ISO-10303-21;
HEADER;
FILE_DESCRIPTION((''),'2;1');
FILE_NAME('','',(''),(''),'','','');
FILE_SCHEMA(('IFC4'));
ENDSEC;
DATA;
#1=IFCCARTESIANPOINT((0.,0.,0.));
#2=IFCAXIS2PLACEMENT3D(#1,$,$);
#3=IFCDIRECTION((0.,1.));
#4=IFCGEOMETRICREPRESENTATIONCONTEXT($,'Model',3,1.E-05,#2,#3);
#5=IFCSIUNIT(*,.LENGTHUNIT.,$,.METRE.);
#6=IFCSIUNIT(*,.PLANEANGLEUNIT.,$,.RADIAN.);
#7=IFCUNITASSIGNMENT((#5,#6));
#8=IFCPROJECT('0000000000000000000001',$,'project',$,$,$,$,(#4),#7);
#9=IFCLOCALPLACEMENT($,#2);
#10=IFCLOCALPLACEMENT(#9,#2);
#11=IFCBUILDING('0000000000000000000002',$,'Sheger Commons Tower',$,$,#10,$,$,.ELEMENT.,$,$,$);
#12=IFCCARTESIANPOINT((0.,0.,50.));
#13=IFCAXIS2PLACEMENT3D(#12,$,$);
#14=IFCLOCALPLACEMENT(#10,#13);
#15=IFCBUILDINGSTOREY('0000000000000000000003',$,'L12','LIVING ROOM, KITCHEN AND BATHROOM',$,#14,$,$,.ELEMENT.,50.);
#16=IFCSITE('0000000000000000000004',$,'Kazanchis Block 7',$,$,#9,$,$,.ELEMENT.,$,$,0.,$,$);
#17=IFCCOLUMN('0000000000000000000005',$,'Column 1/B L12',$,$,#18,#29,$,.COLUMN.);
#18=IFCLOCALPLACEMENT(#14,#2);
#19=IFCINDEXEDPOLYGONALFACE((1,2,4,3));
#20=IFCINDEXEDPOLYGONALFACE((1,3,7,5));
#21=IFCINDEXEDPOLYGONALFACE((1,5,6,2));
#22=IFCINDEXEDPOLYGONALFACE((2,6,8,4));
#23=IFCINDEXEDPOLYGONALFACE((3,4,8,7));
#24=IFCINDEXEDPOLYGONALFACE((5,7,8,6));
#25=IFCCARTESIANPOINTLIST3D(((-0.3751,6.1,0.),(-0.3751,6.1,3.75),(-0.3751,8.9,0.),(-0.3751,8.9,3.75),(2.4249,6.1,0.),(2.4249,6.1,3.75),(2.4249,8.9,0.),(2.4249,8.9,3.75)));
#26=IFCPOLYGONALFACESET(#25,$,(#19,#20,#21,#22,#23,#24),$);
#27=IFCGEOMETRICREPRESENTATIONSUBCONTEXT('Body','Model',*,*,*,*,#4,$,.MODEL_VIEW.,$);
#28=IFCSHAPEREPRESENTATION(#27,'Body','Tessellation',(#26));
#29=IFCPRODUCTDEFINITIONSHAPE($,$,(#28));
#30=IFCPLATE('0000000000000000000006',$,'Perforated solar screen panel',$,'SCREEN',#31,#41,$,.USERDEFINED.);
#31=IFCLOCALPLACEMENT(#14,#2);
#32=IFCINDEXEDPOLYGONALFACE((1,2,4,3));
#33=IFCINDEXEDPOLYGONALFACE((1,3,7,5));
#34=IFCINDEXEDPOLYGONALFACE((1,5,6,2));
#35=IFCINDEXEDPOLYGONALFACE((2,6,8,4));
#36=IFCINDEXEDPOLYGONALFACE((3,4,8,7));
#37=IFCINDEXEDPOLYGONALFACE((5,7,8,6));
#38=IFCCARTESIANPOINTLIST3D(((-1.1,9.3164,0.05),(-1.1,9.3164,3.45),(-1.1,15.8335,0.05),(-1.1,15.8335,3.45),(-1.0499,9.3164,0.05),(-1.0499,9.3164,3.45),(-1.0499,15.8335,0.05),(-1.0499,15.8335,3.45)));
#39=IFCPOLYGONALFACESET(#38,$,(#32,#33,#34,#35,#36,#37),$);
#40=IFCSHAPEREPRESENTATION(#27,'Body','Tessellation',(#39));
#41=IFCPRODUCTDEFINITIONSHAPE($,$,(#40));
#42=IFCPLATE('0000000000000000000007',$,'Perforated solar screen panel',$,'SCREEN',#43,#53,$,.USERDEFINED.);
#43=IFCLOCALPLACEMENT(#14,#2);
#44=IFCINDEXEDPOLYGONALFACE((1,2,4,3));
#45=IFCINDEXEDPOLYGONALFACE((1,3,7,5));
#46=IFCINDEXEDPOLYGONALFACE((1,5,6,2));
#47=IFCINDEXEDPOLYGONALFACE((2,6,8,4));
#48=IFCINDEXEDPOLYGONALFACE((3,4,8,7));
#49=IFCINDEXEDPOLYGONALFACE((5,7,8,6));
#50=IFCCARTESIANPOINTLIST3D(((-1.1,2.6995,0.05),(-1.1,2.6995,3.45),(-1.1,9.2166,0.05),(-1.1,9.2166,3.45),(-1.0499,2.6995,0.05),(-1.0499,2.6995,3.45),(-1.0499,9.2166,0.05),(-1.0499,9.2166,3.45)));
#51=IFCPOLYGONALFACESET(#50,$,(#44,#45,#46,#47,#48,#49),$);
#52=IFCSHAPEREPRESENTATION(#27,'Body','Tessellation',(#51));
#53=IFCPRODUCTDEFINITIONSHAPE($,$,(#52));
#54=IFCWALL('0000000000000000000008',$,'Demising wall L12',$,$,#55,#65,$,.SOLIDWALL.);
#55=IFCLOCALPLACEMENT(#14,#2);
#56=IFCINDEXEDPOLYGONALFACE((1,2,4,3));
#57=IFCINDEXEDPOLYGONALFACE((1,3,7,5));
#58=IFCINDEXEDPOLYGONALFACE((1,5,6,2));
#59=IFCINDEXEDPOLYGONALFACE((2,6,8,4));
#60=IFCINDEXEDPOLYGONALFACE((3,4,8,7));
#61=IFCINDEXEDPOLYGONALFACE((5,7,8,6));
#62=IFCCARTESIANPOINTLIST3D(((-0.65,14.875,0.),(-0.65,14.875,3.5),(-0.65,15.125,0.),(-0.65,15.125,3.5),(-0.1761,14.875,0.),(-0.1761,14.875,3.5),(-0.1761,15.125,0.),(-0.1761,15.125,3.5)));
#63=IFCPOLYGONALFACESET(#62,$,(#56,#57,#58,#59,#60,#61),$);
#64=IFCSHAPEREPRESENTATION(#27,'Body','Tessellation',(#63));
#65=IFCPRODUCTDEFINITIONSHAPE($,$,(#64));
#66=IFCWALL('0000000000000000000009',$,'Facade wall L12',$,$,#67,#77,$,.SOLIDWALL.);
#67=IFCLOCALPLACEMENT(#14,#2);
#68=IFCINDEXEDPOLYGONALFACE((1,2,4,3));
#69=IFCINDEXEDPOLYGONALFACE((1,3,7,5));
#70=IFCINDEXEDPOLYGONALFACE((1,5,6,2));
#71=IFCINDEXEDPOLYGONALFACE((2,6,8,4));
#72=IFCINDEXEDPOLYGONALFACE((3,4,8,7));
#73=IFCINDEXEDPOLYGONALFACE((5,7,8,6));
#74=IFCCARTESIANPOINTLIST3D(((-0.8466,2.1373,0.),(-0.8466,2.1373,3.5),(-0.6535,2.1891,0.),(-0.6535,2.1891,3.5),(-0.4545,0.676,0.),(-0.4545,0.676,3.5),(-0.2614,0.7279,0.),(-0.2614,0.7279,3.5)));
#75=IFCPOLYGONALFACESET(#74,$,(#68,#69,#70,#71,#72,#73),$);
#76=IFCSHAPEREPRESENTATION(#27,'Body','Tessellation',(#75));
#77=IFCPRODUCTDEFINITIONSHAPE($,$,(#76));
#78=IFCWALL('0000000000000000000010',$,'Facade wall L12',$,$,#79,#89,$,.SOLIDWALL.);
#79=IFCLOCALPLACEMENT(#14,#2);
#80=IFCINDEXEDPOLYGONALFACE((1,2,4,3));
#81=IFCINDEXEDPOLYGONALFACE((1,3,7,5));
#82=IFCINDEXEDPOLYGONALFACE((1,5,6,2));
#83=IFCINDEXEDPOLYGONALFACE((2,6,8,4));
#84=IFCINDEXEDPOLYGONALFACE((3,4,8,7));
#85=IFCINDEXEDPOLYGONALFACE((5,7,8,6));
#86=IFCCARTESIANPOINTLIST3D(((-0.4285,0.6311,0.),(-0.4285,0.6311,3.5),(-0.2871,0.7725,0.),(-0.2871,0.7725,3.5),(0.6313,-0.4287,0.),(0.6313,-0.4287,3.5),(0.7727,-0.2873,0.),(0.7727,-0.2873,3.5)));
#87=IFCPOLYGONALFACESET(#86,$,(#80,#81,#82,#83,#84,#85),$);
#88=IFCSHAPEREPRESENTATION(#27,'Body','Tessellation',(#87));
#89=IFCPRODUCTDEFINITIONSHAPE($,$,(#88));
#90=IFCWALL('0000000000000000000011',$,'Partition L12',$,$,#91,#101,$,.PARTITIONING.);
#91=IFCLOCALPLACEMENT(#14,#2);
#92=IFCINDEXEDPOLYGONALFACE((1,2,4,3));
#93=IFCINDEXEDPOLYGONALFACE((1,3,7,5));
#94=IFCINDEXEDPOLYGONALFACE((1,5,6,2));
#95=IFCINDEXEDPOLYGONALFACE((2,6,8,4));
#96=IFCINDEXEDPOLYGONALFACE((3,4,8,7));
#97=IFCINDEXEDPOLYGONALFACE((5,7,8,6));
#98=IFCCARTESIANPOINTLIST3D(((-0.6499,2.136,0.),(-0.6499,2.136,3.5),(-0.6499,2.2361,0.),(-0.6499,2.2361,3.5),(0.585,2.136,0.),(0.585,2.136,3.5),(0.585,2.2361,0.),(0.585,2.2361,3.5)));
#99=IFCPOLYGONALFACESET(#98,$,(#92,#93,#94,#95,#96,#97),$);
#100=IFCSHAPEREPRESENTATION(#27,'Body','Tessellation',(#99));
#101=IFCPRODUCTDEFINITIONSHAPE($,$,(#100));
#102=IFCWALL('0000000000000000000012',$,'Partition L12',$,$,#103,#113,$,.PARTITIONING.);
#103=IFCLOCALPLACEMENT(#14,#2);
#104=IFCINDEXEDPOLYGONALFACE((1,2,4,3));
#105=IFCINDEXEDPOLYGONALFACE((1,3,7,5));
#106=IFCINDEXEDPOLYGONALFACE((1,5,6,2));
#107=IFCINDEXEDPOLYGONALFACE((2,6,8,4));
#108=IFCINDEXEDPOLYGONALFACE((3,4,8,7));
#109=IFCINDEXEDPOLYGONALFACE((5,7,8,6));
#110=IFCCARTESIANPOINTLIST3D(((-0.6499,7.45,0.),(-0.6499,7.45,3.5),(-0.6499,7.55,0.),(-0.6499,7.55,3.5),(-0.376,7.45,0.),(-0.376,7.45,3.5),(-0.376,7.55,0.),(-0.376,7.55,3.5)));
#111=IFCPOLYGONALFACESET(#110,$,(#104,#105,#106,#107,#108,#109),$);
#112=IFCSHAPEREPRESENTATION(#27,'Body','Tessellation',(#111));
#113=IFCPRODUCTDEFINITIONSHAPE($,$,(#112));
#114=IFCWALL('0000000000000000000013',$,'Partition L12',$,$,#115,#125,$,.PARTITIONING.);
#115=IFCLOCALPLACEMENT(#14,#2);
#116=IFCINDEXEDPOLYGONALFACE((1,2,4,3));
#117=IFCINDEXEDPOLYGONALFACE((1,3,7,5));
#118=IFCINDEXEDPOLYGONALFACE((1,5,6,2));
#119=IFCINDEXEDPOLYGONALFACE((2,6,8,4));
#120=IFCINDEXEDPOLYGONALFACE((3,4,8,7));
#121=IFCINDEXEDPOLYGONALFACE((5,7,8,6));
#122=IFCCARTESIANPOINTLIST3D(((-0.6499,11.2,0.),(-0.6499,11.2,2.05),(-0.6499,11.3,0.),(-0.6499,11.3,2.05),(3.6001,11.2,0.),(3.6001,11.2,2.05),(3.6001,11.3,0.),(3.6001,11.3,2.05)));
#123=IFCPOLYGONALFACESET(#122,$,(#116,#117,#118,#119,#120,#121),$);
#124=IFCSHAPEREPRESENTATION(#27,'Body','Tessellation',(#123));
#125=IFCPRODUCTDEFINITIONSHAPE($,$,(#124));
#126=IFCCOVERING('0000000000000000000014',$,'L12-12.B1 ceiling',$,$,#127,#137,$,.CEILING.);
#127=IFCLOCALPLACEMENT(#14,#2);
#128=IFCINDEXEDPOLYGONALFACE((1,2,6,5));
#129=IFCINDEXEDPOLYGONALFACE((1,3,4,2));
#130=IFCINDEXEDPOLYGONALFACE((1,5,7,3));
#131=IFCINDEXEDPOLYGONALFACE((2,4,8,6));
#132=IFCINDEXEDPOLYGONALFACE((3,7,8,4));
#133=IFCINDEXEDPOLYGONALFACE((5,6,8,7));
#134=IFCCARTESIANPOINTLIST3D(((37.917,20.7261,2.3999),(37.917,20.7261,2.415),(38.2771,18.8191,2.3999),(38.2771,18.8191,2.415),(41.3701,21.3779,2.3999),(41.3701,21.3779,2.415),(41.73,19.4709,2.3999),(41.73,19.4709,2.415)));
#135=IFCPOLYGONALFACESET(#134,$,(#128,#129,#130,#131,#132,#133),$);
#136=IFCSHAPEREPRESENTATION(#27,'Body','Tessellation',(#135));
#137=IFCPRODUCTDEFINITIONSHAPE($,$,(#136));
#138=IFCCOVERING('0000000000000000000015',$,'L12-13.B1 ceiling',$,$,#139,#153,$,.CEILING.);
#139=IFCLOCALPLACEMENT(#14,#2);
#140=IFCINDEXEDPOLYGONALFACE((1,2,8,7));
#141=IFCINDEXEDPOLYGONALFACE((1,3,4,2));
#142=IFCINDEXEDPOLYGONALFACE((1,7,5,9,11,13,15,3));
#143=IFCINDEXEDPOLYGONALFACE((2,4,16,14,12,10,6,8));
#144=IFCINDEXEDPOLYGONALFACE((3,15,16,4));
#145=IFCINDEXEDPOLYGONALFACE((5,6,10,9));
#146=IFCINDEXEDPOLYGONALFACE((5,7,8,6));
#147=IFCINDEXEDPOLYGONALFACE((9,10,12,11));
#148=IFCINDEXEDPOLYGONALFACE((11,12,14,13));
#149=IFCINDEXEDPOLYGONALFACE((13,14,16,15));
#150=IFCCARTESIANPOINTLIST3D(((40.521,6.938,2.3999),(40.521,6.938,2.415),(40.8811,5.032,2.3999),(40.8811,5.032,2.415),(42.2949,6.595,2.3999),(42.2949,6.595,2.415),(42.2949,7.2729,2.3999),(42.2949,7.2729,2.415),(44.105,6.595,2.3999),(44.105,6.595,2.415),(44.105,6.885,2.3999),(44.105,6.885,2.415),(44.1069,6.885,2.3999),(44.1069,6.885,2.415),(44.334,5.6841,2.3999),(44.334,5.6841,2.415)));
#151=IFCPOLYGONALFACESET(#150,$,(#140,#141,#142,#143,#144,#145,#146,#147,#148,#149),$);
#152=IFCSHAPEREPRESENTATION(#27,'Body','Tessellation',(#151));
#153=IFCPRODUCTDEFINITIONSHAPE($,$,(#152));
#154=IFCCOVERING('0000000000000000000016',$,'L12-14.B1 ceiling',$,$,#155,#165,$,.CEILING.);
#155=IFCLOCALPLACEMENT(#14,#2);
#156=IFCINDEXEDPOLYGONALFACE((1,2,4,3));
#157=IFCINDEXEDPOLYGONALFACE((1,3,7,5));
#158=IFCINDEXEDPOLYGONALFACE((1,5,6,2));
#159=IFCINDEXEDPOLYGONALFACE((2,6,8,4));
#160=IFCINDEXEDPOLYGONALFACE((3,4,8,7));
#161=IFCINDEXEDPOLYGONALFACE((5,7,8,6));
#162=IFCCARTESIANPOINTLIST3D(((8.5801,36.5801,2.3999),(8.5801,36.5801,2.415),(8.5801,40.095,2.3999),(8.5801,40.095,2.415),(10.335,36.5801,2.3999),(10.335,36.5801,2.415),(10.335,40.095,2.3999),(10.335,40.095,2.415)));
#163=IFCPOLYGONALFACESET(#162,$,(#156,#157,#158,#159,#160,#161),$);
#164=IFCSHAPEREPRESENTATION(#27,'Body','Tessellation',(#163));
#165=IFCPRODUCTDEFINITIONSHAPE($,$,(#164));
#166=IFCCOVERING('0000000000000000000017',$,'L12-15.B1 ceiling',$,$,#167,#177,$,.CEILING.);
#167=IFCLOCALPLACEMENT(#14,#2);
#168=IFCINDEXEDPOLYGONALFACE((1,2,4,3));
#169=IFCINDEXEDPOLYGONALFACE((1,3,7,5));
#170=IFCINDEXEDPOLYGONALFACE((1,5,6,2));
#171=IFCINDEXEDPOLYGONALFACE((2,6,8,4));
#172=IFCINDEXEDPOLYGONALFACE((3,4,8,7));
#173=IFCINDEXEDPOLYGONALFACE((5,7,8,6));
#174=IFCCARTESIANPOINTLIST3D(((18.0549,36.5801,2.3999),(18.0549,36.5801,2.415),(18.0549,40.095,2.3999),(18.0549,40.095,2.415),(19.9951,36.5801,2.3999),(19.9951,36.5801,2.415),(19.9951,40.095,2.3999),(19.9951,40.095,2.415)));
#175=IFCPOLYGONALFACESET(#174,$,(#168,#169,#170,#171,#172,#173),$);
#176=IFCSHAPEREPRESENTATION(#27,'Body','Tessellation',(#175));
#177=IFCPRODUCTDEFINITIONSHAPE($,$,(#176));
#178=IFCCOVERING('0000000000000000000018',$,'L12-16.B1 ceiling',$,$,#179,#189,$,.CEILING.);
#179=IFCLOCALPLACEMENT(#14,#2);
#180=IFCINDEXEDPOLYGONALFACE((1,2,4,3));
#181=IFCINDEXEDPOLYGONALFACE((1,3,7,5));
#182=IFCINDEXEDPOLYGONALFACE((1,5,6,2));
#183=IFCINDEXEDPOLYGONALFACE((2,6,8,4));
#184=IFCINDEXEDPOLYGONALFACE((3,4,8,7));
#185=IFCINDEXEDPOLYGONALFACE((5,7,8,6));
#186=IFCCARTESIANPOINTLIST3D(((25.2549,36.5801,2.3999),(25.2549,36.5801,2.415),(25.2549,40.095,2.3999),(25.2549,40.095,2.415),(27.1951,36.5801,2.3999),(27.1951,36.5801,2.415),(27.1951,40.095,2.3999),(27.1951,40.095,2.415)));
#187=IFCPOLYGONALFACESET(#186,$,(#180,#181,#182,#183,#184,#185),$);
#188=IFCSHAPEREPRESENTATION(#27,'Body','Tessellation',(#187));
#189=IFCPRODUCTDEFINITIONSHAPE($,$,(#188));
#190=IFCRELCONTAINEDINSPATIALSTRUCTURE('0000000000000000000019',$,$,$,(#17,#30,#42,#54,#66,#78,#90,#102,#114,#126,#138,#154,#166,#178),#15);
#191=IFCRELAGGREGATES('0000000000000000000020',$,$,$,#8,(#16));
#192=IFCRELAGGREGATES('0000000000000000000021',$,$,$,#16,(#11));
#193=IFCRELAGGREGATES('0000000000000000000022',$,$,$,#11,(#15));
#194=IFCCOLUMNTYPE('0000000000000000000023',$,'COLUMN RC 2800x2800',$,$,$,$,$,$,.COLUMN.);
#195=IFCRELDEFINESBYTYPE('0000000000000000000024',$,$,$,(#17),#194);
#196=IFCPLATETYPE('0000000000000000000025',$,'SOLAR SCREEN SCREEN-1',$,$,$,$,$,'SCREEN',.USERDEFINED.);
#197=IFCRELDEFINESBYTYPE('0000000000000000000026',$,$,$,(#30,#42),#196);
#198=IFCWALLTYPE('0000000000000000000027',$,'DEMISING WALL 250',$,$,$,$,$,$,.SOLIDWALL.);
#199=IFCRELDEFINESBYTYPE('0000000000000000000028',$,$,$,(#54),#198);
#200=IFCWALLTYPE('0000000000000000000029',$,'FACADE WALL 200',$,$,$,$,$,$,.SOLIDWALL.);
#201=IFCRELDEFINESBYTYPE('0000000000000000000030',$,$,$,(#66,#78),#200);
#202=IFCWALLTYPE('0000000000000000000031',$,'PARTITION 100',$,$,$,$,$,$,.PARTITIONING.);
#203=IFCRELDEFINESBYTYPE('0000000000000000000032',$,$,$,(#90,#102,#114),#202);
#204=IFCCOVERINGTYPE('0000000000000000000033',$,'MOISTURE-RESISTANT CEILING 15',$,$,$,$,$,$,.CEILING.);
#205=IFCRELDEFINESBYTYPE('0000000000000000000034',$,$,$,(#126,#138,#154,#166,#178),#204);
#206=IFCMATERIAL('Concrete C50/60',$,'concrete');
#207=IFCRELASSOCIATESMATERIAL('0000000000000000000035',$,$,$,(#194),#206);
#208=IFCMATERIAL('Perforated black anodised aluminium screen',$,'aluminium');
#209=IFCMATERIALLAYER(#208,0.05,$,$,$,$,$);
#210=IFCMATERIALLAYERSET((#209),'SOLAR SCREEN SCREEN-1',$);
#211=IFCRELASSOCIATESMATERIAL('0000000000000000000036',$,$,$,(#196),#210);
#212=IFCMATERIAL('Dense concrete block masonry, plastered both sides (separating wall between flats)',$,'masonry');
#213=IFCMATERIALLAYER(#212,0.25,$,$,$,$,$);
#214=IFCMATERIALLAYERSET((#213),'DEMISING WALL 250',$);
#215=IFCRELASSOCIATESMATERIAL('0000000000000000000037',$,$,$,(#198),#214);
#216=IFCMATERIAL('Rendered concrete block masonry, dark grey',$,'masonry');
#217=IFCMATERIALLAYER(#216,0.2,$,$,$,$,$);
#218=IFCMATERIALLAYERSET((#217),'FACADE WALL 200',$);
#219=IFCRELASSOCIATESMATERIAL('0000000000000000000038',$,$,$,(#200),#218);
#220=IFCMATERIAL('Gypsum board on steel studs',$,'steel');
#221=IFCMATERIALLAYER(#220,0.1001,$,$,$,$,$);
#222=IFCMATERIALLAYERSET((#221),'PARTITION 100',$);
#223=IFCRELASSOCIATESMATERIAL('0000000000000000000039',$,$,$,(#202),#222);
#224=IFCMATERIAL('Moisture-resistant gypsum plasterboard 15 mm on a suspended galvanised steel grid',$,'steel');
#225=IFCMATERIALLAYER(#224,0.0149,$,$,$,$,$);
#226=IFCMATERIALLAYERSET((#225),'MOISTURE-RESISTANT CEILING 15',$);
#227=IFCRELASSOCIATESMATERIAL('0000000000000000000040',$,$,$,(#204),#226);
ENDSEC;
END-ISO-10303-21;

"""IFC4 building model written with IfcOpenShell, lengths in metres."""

from ifc_helpers import new_model, si_unit, direction, frame, frame_2d, origin, origin_2d, place, context, subcontext, project, spatial, polyline, rectangle, outline, extrude, material, layer, layer_set, material_profile, profile_set, type_object, element, save


model = new_model("IFC4")

# Units and contexts
model_context = context("Model", 3, precision=1e-05, world=origin(), true_north=direction((0.0, 1.0)))
body_context = subcontext(model_context, "Body", "Model", "MODEL_VIEW")
ifc_project = project(units=[si_unit("LENGTHUNIT", "METRE"), si_unit("PLANEANGLEUNIT", "RADIAN")], contexts=[model_context])

# Site, building, storey
site_placement = place(None, origin())
site = spatial("IfcSite", under=ifc_project, at=site_placement, Name="Kazanchis Block 7", CompositionType="ELEMENT", RefElevation=0.0)
building_placement = place(site_placement, origin())
building = spatial("IfcBuilding", under=site, at=building_placement, Name="Sheger Commons Tower", CompositionType="ELEMENT")
storey_placement = place(building_placement, frame((0.0, 0.0, 50.0)))
storey = spatial("IfcBuildingStorey", under=building, at=storey_placement, Name="L12", Description="LIVING ROOM, KITCHEN AND BATHROOM", CompositionType="ELEMENT", Elevation=50.0)

# Column
ifc_material_1 = material(Name="Concrete C50/60", Category="concrete")
ifc_material_profile = material_profile(ifc_material_1, rectangle(XDim=2.8, YDim=2.8, at=origin_2d()), Name="RC 2800x2800")
ifc_profile_set = profile_set([ifc_material_profile], Name="Concrete C50/60")
column_type = type_object("IfcColumnType", Name="COLUMN RC 2800x2800", PredefinedType="COLUMN", material=ifc_profile_set)
column_placement = place(storey_placement, frame((1.0249, 7.5, 0.0), z_axis=(0.0, 0.0, 1.0), x_axis=(1.0, 0.0, 0.0)))
element("IfcColumn", 1, at=column_placement, inside=storey, type_object=column_type, Name="Column 1/B L12", PredefinedType="COLUMN", context=body_context, shape_type="SweptSolid", body=[
    extrude(rectangle(XDim=2.8, YDim=2.8, at=origin_2d()), origin(), (0.0, 0.0, 1.0), 3.75),
])

# Plates
ifc_material_2 = material(Name="Perforated black anodised aluminium screen", Category="aluminium")
ifc_layer_1 = layer(ifc_material_2, 0.05)
ifc_layer_set_1 = layer_set([ifc_layer_1], Name="SOLAR SCREEN SCREEN-1")
plate_type = type_object("IfcPlateType", Name="SOLAR SCREEN SCREEN-1", ElementType="SCREEN", PredefinedType="USERDEFINED", material=ifc_layer_set_1)
for number, where, z_axis, x_axis, name in (
    (2, (-1.075, 12.575, 0.05), (0.0, 0.0, 1.0), (0.0, -1.0, 0.0), "Perforated solar screen panel"),
    (3, (-1.075, 5.958, 0.05), (0.0, 0.0, 1.0), (0.0, -1.0, 0.0), "Perforated solar screen panel"),
):
    element("IfcPlate", number, at=place(storey_placement, frame(where, z_axis=z_axis, x_axis=x_axis)), inside=storey, type_object=plate_type, Name=name, ObjectType="SCREEN", PredefinedType="USERDEFINED", context=body_context, shape_type="SweptSolid", body=[
        extrude(rectangle(XDim=6.5171, YDim=0.05, at=origin_2d()), origin(), (0.0, 0.0, 1.0), 3.3999),
    ])

# Walls
ifc_material_3 = material(Name="Dense concrete block masonry, plastered both sides (separating wall between flats)", Category="masonry")
ifc_layer_2 = layer(ifc_material_3, 0.25)
ifc_layer_set_2 = layer_set([ifc_layer_2], Name="DEMISING WALL 250")
wall_type_1 = type_object("IfcWallType", Name="DEMISING WALL 250", PredefinedType="SOLIDWALL", material=ifc_layer_set_2)
wall_1_placement = place(storey_placement, frame((-0.6499, 15.0, 0.0), z_axis=(0.0, 0.0, 1.0), x_axis=(1.0, 0.0, 0.0)))
element("IfcWall", 4, at=wall_1_placement, inside=storey, type_object=wall_type_1, Name="Demising wall L12", PredefinedType="SOLIDWALL", context=body_context, shape_type="SweptSolid", body=[
    extrude(rectangle(XDim=0.4739, YDim=0.25, at=frame_2d((0.2368, 0.0))), origin(), (0.0, 0.0, 1.0), 3.5),
])
ifc_material_4 = material(Name="Rendered concrete block masonry, dark grey", Category="masonry")
ifc_layer_3 = layer(ifc_material_4, 0.2)
ifc_layer_set_3 = layer_set([ifc_layer_3], Name="FACADE WALL 200")
wall_type_2 = type_object("IfcWallType", Name="FACADE WALL 200", PredefinedType="SOLIDWALL", material=ifc_layer_set_3)
wall_2_placement = place(storey_placement, frame((-0.75, 2.1631, 0.0), z_axis=(0.0, 0.0, 1.0), x_axis=(0.259169, -0.965832, 0.0)))
element("IfcWall", 5, at=wall_2_placement, inside=storey, type_object=wall_type_2, Name="Facade wall L12", PredefinedType="SOLIDWALL", context=body_context, shape_type="SweptSolid", body=[
    extrude(rectangle(XDim=1.5129, YDim=0.2, at=frame_2d((0.7563, 0.0))), origin(), (0.0, 0.0, 1.0), 3.5),
])
wall_3_placement = place(storey_placement, frame((-0.3579, 0.7019, 0.0), z_axis=(0.0, 0.0, 1.0), x_axis=(0.707107, -0.707107, 0.0)))
element("IfcWall", 6, at=wall_3_placement, inside=storey, type_object=wall_type_2, Name="Facade wall L12", PredefinedType="SOLIDWALL", context=body_context, shape_type="SweptSolid", body=[
    extrude(rectangle(XDim=1.4988, YDim=0.2, at=frame_2d((0.7495, 0.0))), origin(), (0.0, 0.0, 1.0), 3.5),
])
ifc_material_5 = material(Name="Gypsum board on steel studs", Category="steel")
ifc_layer_4 = layer(ifc_material_5, 0.1001)
ifc_layer_set_4 = layer_set([ifc_layer_4], Name="PARTITION 100")
wall_type_3 = type_object("IfcWallType", Name="PARTITION 100", PredefinedType="PARTITIONING", material=ifc_layer_set_4)
wall_4_placement = place(storey_placement, frame((-0.6499, 2.186, 0.0), z_axis=(0.0, 0.0, 1.0), x_axis=(1.0, 0.0, 0.0)))
element("IfcWall", 7, at=wall_4_placement, inside=storey, type_object=wall_type_3, Name="Partition L12", PredefinedType="PARTITIONING", context=body_context, shape_type="SweptSolid", body=[
    extrude(rectangle(XDim=1.2349, YDim=0.1001, at=frame_2d((0.6174, 0.0))), origin(), (0.0, 0.0, 1.0), 3.5),
])
wall_5_placement = place(storey_placement, frame((-0.6499, 7.5, 0.0), z_axis=(0.0, 0.0, 1.0), x_axis=(1.0, 0.0, 0.0)))
element("IfcWall", 8, at=wall_5_placement, inside=storey, type_object=wall_type_3, Name="Partition L12", PredefinedType="PARTITIONING", context=body_context, shape_type="SweptSolid", body=[
    extrude(rectangle(XDim=0.2739, YDim=0.1001, at=frame_2d((0.137, 0.0))), origin(), (0.0, 0.0, 1.0), 3.5),
])
wall_6_placement = place(storey_placement, frame((-0.6499, 11.25, 0.0), z_axis=(0.0, 0.0, 1.0), x_axis=(1.0, 0.0, 0.0)))
element("IfcWall", 9, at=wall_6_placement, inside=storey, type_object=wall_type_3, Name="Partition L12", PredefinedType="PARTITIONING", context=body_context, shape_type="SweptSolid", body=[
    extrude(rectangle(XDim=4.25, YDim=0.1001, at=frame_2d((2.125, 0.0))), origin(), (0.0, 0.0, 1.0), 2.05),
])

# Coverings
ifc_material_6 = material(Name="Moisture-resistant gypsum plasterboard 15 mm on a suspended galvanised steel grid", Category="steel")
ifc_layer_5 = layer(ifc_material_6, 0.0149)
ifc_layer_set_5 = layer_set([ifc_layer_5], Name="MOISTURE-RESISTANT CEILING 15")
covering_type_1 = type_object("IfcCoveringType", Name="MOISTURE-RESISTANT CEILING 15", PredefinedType="CEILING", material=ifc_layer_set_5)
covering_1_placement = place(storey_placement, frame((0.0, 0.0, 2.3999)))
element("IfcCovering", 10, at=covering_1_placement, inside=storey, type_object=covering_type_1, Name="L12-12.B1 ceiling", PredefinedType="CEILING", context=body_context, shape_type="SweptSolid", body=[
    extrude(outline(polyline([(38.2771, 18.8191), (41.73, 19.4709), (41.3701, 21.3779), (37.917, 20.7261), (38.2771, 18.8191)])), origin(), (0.0, 0.0, 1.0), 0.0151),
])
covering_2_placement = place(storey_placement, frame((0.0, 0.0, 2.3999)))
element("IfcCovering", 11, at=covering_2_placement, inside=storey, type_object=covering_type_1, Name="L12-13.B1 ceiling", PredefinedType="CEILING", context=body_context, shape_type="SweptSolid", body=[
    extrude(outline(polyline([(40.8811, 5.032), (44.334, 5.6841), (44.1069, 6.885), (44.105, 6.885), (44.105, 6.595), (42.2949, 6.595), (42.2949, 7.2729), (40.521, 6.938), (40.8811, 5.032)])), origin(), (0.0, 0.0, 1.0), 0.0151),
])
covering_3_placement = place(storey_placement, frame((0.0, 0.0, 2.3999)))
element("IfcCovering", 12, at=covering_3_placement, inside=storey, type_object=covering_type_1, Name="L12-14.B1 ceiling", PredefinedType="CEILING", context=body_context, shape_type="SweptSolid", body=[
    extrude(outline(polyline([(8.5801, 36.5801), (10.335, 36.5801), (10.335, 40.095), (8.5801, 40.095), (8.5801, 36.5801)])), origin(), (0.0, 0.0, 1.0), 0.0151),
])
covering_4_placement = place(storey_placement, frame((0.0, 0.0, 2.3999)))
element("IfcCovering", 13, at=covering_4_placement, inside=storey, type_object=covering_type_1, Name="L12-15.B1 ceiling", PredefinedType="CEILING", context=body_context, shape_type="SweptSolid", body=[
    extrude(outline(polyline([(18.0549, 36.5801), (19.9951, 36.5801), (19.9951, 40.095), (18.0549, 40.095), (18.0549, 36.5801)])), origin(), (0.0, 0.0, 1.0), 0.0151),
])
covering_5_placement = place(storey_placement, frame((0.0, 0.0, 2.3999)))
element("IfcCovering", 14, at=covering_5_placement, inside=storey, type_object=covering_type_1, Name="L12-16.B1 ceiling", PredefinedType="CEILING", context=body_context, shape_type="SweptSolid", body=[
    extrude(outline(polyline([(25.2549, 36.5801), (27.1951, 36.5801), (27.1951, 40.095), (25.2549, 40.095), (25.2549, 36.5801)])), origin(), (0.0, 0.0, 1.0), 0.0151),
])

save(model, "model.ifc")
